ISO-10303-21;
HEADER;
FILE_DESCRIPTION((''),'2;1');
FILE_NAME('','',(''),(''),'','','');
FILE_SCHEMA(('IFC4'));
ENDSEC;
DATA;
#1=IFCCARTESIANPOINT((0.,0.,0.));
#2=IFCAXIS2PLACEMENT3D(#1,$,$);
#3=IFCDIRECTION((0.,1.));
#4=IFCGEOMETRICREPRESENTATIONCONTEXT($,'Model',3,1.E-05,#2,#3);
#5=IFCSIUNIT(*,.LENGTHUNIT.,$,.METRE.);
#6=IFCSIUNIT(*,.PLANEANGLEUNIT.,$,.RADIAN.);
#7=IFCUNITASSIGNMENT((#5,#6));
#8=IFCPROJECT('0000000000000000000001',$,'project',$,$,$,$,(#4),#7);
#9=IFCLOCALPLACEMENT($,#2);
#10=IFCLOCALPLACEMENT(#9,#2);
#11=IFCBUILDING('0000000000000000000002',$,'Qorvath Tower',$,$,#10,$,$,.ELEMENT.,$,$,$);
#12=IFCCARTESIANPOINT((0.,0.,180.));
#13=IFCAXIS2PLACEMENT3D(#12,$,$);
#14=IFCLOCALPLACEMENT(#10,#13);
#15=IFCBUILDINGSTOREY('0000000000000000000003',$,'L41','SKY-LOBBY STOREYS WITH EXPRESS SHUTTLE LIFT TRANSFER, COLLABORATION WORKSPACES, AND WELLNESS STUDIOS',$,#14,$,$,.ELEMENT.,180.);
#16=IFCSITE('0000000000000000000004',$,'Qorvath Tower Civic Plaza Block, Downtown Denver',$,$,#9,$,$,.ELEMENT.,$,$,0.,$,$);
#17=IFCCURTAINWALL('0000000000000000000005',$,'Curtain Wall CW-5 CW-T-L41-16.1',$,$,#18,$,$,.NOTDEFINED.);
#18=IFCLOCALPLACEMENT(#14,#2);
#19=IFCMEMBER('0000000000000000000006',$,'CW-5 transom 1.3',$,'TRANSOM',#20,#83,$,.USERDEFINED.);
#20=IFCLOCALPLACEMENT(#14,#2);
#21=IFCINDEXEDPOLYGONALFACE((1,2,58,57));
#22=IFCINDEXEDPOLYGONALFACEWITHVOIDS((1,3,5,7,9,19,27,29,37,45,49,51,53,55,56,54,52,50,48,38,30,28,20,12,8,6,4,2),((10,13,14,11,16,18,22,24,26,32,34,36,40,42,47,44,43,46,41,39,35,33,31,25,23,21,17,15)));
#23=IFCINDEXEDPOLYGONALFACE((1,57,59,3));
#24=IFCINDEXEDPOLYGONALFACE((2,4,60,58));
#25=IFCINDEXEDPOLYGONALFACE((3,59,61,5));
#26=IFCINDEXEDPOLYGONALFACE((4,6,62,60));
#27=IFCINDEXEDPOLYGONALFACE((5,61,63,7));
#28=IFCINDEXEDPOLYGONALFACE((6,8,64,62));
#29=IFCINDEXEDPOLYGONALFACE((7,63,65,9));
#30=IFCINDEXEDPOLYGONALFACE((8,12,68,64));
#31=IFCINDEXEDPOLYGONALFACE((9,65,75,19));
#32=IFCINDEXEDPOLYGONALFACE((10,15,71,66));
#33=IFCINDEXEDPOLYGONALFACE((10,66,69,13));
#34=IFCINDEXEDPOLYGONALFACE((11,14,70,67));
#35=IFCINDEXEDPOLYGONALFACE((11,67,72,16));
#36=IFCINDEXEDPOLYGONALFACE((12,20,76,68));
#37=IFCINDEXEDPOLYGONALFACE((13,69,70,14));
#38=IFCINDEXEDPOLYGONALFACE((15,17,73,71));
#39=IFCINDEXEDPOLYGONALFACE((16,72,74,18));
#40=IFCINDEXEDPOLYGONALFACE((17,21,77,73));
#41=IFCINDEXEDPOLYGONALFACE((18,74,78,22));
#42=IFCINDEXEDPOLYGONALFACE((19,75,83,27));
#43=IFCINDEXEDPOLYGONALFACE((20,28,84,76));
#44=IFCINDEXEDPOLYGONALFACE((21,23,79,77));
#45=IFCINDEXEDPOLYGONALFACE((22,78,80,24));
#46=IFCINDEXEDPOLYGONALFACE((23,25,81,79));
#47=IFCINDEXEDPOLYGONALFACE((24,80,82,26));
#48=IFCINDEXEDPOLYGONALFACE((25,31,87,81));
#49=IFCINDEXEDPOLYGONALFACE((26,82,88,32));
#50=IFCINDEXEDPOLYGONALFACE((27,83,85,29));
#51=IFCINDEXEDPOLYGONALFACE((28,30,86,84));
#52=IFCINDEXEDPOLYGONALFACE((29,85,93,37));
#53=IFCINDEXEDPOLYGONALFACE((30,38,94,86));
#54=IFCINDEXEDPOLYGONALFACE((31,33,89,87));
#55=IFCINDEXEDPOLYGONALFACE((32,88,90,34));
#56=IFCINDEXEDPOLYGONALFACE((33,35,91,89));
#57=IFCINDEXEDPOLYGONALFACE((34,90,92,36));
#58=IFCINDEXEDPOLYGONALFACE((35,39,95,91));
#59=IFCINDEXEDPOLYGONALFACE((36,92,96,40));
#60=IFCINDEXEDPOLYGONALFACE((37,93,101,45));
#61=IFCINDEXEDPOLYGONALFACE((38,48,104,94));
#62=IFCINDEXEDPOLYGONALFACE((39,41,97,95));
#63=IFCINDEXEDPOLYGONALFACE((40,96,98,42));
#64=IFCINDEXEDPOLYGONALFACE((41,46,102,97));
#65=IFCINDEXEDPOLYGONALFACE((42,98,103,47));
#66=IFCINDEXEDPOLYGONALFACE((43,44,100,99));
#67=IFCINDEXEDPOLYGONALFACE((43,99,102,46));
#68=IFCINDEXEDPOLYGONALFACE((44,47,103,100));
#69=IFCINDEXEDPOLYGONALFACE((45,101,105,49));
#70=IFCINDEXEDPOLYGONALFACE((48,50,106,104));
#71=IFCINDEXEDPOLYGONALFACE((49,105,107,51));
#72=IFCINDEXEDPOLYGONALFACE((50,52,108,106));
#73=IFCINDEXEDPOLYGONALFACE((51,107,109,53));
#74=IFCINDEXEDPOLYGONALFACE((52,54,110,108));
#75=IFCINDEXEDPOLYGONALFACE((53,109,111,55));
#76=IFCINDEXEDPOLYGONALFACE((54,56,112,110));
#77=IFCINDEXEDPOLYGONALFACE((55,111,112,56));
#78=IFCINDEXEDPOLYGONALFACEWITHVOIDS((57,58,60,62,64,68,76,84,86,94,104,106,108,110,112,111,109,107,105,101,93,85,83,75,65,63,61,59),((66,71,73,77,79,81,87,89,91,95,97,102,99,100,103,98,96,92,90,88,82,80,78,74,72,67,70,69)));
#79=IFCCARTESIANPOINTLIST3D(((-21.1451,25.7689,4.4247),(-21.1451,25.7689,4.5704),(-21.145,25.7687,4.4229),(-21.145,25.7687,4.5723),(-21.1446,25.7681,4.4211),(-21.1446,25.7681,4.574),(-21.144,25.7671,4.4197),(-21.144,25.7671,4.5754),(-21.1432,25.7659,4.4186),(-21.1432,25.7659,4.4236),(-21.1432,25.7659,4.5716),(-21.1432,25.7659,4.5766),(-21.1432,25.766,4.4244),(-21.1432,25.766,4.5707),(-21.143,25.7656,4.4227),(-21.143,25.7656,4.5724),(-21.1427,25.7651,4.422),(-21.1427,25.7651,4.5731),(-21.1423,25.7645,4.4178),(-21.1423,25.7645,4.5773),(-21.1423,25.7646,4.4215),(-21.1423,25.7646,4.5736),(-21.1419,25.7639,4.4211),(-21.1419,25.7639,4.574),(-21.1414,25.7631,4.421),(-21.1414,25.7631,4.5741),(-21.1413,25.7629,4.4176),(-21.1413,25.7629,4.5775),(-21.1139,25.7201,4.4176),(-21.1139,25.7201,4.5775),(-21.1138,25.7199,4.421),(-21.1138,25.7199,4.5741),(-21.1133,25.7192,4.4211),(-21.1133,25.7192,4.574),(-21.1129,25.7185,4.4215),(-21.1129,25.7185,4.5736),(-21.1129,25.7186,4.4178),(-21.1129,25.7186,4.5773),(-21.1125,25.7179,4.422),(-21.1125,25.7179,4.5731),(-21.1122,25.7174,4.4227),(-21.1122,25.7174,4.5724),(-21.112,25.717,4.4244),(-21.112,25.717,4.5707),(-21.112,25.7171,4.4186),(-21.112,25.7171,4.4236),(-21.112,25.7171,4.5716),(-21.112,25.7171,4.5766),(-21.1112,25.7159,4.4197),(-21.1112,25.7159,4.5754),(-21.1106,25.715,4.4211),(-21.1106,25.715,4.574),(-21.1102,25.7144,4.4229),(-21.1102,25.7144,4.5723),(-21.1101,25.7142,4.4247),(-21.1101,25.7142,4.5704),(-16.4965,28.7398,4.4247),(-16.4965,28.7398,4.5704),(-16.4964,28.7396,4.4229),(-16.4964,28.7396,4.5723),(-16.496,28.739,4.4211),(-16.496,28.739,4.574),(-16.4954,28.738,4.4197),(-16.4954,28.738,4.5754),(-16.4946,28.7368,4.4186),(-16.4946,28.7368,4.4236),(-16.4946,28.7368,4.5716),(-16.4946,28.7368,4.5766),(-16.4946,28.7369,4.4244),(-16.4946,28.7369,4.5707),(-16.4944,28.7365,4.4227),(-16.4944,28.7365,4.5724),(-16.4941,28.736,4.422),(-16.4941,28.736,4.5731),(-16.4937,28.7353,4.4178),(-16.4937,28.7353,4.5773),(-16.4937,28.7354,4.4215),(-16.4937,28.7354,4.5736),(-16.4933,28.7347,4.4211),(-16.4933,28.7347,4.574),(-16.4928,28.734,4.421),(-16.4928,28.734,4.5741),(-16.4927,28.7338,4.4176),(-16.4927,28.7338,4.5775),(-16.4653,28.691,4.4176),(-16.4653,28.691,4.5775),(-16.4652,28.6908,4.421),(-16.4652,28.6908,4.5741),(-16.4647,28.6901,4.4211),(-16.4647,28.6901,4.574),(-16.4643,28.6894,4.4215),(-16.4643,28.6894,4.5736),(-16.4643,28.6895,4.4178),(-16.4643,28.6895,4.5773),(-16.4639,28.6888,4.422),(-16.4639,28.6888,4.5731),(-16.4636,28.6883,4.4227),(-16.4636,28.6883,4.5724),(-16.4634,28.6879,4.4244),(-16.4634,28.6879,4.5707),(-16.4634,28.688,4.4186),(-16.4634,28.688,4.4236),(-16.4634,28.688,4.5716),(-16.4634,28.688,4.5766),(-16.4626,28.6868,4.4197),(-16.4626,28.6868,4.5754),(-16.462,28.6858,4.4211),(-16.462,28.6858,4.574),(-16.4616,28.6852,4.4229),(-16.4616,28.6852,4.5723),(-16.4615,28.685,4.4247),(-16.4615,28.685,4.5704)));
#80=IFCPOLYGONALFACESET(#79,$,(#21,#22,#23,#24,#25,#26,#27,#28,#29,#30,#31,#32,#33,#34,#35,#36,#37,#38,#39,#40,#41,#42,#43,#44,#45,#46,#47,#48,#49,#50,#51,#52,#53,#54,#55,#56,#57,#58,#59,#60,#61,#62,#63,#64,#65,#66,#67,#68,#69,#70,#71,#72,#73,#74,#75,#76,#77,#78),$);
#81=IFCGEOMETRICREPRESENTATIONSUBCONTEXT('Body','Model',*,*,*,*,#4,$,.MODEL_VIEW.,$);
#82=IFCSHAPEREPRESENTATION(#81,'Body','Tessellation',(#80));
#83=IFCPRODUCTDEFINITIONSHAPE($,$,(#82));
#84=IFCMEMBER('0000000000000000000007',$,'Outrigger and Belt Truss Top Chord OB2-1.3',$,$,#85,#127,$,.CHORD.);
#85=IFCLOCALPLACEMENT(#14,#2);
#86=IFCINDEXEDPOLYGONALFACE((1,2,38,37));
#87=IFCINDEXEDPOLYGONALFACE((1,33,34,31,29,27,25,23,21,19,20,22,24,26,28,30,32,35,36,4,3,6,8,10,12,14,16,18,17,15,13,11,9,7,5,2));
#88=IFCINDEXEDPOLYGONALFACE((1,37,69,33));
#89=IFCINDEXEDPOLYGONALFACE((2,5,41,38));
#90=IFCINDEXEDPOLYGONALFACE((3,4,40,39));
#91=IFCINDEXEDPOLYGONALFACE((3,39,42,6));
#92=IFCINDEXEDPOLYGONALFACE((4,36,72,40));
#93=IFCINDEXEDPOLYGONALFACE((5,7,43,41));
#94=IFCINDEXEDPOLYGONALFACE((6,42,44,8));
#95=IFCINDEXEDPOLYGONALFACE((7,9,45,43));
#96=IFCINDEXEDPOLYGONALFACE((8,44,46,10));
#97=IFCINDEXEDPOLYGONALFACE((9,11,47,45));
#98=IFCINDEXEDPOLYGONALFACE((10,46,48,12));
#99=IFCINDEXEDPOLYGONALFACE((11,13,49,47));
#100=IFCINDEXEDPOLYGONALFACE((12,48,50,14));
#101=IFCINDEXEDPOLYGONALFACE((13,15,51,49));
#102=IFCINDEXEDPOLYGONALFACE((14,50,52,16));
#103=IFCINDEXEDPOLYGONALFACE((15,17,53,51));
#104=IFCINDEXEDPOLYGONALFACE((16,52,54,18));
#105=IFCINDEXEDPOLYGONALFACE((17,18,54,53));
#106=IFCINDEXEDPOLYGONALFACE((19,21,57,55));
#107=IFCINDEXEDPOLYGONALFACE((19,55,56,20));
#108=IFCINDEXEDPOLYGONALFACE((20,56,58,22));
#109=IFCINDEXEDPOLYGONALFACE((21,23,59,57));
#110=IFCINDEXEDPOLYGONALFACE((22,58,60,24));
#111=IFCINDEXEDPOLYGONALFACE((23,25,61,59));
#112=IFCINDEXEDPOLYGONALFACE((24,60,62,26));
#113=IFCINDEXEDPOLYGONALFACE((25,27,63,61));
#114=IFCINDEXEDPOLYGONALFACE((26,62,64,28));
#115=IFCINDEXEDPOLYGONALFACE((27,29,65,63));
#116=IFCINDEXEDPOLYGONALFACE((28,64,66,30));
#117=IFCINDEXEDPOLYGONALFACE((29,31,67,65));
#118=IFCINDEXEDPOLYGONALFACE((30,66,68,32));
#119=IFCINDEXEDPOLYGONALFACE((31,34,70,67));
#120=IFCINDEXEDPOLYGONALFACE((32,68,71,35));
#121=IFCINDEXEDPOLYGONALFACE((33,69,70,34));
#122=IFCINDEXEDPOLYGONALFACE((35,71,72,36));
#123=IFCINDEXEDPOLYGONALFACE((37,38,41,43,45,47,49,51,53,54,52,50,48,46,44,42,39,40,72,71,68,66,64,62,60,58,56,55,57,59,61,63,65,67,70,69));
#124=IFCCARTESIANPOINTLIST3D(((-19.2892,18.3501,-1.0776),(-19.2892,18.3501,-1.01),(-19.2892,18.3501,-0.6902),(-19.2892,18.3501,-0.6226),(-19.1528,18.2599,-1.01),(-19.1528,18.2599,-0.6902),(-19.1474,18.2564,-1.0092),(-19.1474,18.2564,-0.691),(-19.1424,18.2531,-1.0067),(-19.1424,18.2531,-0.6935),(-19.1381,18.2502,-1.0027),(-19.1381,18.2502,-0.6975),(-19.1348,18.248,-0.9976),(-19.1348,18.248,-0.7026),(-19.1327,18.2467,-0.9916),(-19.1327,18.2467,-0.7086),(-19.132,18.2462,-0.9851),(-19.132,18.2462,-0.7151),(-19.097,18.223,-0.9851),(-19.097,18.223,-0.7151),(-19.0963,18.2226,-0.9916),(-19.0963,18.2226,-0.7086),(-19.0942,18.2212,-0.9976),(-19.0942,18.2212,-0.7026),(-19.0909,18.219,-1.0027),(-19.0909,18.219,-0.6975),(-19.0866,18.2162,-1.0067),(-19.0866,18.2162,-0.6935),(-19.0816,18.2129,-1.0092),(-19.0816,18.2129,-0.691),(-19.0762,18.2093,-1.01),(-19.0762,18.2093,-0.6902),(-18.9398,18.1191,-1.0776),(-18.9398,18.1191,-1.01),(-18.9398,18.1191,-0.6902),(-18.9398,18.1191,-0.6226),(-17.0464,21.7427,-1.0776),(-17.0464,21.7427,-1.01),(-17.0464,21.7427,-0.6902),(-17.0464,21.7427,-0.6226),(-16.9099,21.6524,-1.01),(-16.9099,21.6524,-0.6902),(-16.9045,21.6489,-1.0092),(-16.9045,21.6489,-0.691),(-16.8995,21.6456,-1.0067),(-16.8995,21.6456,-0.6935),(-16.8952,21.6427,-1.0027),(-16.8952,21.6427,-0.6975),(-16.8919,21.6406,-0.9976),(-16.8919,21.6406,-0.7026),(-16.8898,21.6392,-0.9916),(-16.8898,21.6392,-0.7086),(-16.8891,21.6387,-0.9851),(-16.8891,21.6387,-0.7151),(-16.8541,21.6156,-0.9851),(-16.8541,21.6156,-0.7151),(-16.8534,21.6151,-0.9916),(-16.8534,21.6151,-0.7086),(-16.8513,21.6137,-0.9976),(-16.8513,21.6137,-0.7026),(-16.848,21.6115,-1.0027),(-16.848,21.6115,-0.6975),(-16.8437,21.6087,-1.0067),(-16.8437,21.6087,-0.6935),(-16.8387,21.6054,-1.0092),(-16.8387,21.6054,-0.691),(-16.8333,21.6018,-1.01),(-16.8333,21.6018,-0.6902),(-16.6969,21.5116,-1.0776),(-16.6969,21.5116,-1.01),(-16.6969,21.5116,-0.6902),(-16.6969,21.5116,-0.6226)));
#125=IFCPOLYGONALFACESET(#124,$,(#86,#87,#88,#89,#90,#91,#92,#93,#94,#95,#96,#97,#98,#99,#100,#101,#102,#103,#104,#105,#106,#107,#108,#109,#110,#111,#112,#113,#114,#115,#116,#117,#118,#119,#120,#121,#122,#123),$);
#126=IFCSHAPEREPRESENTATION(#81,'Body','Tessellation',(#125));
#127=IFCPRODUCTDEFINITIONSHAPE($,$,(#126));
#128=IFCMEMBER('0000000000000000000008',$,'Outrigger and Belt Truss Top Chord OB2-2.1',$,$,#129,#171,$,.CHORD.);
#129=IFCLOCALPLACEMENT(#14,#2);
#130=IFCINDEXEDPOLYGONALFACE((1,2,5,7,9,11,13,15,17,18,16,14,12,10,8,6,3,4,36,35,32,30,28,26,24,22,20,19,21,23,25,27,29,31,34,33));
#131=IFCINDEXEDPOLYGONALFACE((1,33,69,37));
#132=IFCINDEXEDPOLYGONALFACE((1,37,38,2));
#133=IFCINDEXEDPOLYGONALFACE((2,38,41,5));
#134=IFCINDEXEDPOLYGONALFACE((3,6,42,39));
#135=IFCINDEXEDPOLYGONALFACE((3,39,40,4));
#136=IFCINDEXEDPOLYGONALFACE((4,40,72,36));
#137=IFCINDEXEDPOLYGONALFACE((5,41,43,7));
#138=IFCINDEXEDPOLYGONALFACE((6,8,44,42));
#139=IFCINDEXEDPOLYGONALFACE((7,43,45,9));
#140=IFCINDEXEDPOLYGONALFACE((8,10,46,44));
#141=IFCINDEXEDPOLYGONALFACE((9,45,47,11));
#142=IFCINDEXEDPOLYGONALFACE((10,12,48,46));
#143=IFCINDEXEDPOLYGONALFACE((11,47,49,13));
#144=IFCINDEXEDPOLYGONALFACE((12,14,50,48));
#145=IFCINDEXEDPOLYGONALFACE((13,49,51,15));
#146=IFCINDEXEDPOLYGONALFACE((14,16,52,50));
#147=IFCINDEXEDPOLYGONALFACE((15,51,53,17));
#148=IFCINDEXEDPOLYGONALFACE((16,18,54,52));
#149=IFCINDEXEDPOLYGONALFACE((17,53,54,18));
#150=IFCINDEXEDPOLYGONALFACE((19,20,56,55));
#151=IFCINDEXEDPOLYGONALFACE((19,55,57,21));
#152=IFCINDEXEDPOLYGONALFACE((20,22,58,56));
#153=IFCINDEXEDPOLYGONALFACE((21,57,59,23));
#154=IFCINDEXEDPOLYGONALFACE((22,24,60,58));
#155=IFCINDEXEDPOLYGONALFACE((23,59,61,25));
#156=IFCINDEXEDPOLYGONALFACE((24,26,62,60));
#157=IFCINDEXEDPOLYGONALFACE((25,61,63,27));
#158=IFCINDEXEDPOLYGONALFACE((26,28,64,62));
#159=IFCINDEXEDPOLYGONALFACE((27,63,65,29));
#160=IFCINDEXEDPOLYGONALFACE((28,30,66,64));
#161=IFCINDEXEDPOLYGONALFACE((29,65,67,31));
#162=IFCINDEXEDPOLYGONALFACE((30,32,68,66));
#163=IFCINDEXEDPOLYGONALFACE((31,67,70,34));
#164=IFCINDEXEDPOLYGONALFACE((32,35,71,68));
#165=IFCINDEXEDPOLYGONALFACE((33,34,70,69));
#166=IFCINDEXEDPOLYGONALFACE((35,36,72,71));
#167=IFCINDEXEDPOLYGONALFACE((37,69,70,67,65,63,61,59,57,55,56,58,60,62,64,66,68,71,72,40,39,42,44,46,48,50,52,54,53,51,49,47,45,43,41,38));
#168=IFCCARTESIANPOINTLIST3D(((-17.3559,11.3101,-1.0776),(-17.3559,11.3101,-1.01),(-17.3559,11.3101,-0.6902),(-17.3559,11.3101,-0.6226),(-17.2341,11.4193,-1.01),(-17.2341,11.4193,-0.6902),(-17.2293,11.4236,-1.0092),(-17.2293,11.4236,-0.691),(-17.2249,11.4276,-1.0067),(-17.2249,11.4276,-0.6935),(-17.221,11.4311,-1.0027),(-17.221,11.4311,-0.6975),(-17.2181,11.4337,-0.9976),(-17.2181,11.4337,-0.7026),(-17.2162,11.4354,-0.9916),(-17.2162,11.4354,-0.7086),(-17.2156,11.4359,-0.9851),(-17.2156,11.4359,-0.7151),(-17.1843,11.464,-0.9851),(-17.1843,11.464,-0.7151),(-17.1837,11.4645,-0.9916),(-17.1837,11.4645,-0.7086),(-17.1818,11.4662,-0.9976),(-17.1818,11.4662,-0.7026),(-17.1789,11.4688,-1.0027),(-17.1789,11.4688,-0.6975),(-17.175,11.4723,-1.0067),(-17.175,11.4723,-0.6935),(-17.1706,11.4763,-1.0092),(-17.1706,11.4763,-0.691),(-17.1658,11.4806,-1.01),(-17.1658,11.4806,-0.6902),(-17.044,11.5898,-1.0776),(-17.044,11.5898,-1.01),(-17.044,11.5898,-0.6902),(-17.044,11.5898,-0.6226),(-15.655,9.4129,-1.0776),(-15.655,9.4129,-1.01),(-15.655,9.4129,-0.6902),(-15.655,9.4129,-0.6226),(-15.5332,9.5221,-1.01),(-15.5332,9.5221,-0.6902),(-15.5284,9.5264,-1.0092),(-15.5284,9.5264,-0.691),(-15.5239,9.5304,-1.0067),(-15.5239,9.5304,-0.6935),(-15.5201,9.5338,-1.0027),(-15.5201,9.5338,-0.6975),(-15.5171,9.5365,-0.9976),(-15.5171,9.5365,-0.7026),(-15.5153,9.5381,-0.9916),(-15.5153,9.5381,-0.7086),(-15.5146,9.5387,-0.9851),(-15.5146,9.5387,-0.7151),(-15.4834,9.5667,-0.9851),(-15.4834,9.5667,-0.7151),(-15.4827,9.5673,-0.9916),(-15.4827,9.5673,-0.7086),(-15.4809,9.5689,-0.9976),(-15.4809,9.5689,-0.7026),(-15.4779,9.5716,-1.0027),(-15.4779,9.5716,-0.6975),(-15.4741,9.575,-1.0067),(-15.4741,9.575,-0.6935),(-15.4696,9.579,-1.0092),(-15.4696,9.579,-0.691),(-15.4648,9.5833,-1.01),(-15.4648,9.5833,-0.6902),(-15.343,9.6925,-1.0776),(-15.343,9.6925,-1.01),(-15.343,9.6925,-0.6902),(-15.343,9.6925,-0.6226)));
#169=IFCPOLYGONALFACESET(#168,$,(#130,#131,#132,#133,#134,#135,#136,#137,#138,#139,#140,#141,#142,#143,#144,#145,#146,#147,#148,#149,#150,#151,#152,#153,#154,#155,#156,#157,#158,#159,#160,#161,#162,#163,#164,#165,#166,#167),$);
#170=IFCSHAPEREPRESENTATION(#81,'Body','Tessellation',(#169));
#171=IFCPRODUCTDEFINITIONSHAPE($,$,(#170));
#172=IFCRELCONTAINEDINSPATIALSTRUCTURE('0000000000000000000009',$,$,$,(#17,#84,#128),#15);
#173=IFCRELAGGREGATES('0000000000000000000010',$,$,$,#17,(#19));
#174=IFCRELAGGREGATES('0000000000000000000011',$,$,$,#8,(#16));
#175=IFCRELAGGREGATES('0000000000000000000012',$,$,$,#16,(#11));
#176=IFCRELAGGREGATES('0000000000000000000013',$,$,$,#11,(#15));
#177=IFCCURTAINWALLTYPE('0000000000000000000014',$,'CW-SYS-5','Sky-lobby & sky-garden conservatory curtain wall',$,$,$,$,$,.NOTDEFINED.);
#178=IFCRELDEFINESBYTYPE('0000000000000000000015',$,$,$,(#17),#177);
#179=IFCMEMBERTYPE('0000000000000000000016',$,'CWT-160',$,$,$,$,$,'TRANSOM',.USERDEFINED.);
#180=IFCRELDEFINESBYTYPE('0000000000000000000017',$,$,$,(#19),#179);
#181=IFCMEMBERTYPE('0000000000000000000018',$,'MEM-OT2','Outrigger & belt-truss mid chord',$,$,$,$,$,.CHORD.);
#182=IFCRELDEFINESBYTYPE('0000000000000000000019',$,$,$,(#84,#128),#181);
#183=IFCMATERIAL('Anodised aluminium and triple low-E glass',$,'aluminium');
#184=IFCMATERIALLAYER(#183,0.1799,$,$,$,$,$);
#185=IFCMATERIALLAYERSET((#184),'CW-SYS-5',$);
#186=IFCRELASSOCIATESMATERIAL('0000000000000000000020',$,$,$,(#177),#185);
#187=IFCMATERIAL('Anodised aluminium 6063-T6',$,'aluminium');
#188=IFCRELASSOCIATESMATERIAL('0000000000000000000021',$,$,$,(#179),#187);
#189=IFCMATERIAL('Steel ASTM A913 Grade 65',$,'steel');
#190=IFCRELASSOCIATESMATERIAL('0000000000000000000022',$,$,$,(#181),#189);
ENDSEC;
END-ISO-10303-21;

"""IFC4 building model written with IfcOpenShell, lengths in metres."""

from ifc_helpers import new_model, si_unit, direction, frame, origin, origin_2d, place, context, subcontext, project, spatial, hollow_rectangle, i_section, extrude, material, layer, layer_set, material_profile, profile_set, type_object, element, aggregate, save


model = new_model("IFC4")

# Units and contexts
model_context = context("Model", 3, precision=1e-05, world=origin(), true_north=direction((0.0, 1.0)))
body_context = subcontext(model_context, "Body", "Model", "MODEL_VIEW")
ifc_project = project(units=[si_unit("LENGTHUNIT", "METRE"), si_unit("PLANEANGLEUNIT", "RADIAN")], contexts=[model_context])

# Site, building, storey
site_placement = place(None, origin())
site = spatial("IfcSite", under=ifc_project, at=site_placement, Name="Qorvath Tower Civic Plaza Block, Downtown Denver", CompositionType="ELEMENT", RefElevation=0.0)
building_placement = place(site_placement, origin())
building = spatial("IfcBuilding", under=site, at=building_placement, Name="Qorvath Tower", CompositionType="ELEMENT")
storey_placement = place(building_placement, frame((0.0, 0.0, 180.0)))
storey = spatial("IfcBuildingStorey", under=building, at=storey_placement, Name="L41", Description="SKY-LOBBY STOREYS WITH EXPRESS SHUTTLE LIFT TRANSFER, COLLABORATION WORKSPACES, AND WELLNESS STUDIOS", CompositionType="ELEMENT", Elevation=180.0)

# Shared definitions
ifc_material_1 = material(Name="Anodised aluminium and triple low-E glass", Category="aluminium")
ifc_layer_1 = layer(ifc_material_1, 0.1799)
ifc_layer_set_1 = layer_set([ifc_layer_1], Name="CW-SYS-5")
curtain_wall_type = type_object("IfcCurtainWallType", Name="CW-SYS-5", Description="Sky-lobby & sky-garden conservatory curtain wall", PredefinedType="NOTDEFINED", material=ifc_layer_set_1)

# Curtain wall
curtain_wall_1_placement = place(storey_placement, origin())
curtain_wall_1 = element("IfcCurtainWall", 1, at=curtain_wall_1_placement, inside=storey, type_object=curtain_wall_type, Name="Curtain Wall CW-5 CW-T-L41-16.1", PredefinedType="NOTDEFINED")

# Member
ifc_material_2 = material(Name="Anodised aluminium 6063-T6", Category="aluminium")
ifc_material_profile_1 = material_profile(ifc_material_2, hollow_rectangle(XDim=0.0649, YDim=0.1599, WallThickness=0.0034, InnerFilletRadius=0.0034, OuterFilletRadius=0.0071, at=origin_2d()), Name="CWT 160x65")
ifc_profile_set_1 = profile_set([ifc_material_profile_1], Name="Anodised aluminium 6063-T6")
member_type_1 = type_object("IfcMemberType", Name="CWT-160", ElementType="TRANSOM", PredefinedType="USERDEFINED", material=ifc_profile_set_1)
member_1_placement = place(storey_placement, frame((-16.479, 28.7124, 4.4976), z_axis=(-0.842618, -0.538512, 0.0), x_axis=(0.538512, -0.842618, 0.0)))
member_1 = element("IfcMember", 2, at=member_1_placement, type_object=member_type_1, Name="CW-5 transom 1.3", ObjectType="TRANSOM", PredefinedType="USERDEFINED", context=body_context, shape_type="SweptSolid", body=[
    extrude(hollow_rectangle(XDim=0.0649, YDim=0.1599, WallThickness=0.0034, InnerFilletRadius=0.0034, OuterFilletRadius=0.0071, at=origin_2d()), origin(), (0.0, 0.0, 1.0), 5.5168),
])

# Members
ifc_material_3 = material(Name="Steel ASTM A913 Grade 65", Category="steel")
ifc_material_profile_2 = material_profile(ifc_material_3, i_section(OverallWidth=0.4189, OverallDepth=0.4551, WebThickness=0.042, FlangeThickness=0.0676, FilletRadius=0.0249, at=origin_2d()), Name="W14x370")
ifc_profile_set_2 = profile_set([ifc_material_profile_2], Name="Steel ASTM A913 Grade 65")
member_type_2 = type_object("IfcMemberType", Name="MEM-OT2", Description="Outrigger & belt-truss mid chord", PredefinedType="CHORD", material=ifc_profile_set_2)
member_2_placement = place(storey_placement, frame((-19.1145, 18.2346, -0.8501), z_axis=(0.551496, 0.834178, 0.0), x_axis=(-0.834178, 0.551496, 0.0)))
element("IfcMember", 3, at=member_2_placement, inside=storey, type_object=member_type_2, Name="Outrigger and Belt Truss Top Chord OB2-1.3", PredefinedType="CHORD", context=body_context, shape_type="SweptSolid", body=[
    extrude(i_section(OverallWidth=0.4189, OverallDepth=0.4551, WebThickness=0.042, FlangeThickness=0.0676, FilletRadius=0.0249, at=origin_2d()), origin(), (0.0, 0.0, 1.0), 4.0669),
])
member_3_placement = place(storey_placement, frame((-17.2, 11.45, -0.8501), z_axis=(0.66754, -0.744574, 0.0), x_axis=(0.744574, 0.66754, 0.0)))
element("IfcMember", 4, at=member_3_placement, inside=storey, type_object=member_type_2, Name="Outrigger and Belt Truss Top Chord OB2-2.1", PredefinedType="CHORD", context=body_context, shape_type="SweptSolid", body=[
    extrude(i_section(OverallWidth=0.4189, OverallDepth=0.4551, WebThickness=0.042, FlangeThickness=0.0676, FilletRadius=0.0249, at=origin_2d()), origin(), (0.0, 0.0, 1.0), 2.5481),
])

aggregate(curtain_wall_1, [member_1])

save(model, "model.ifc")
